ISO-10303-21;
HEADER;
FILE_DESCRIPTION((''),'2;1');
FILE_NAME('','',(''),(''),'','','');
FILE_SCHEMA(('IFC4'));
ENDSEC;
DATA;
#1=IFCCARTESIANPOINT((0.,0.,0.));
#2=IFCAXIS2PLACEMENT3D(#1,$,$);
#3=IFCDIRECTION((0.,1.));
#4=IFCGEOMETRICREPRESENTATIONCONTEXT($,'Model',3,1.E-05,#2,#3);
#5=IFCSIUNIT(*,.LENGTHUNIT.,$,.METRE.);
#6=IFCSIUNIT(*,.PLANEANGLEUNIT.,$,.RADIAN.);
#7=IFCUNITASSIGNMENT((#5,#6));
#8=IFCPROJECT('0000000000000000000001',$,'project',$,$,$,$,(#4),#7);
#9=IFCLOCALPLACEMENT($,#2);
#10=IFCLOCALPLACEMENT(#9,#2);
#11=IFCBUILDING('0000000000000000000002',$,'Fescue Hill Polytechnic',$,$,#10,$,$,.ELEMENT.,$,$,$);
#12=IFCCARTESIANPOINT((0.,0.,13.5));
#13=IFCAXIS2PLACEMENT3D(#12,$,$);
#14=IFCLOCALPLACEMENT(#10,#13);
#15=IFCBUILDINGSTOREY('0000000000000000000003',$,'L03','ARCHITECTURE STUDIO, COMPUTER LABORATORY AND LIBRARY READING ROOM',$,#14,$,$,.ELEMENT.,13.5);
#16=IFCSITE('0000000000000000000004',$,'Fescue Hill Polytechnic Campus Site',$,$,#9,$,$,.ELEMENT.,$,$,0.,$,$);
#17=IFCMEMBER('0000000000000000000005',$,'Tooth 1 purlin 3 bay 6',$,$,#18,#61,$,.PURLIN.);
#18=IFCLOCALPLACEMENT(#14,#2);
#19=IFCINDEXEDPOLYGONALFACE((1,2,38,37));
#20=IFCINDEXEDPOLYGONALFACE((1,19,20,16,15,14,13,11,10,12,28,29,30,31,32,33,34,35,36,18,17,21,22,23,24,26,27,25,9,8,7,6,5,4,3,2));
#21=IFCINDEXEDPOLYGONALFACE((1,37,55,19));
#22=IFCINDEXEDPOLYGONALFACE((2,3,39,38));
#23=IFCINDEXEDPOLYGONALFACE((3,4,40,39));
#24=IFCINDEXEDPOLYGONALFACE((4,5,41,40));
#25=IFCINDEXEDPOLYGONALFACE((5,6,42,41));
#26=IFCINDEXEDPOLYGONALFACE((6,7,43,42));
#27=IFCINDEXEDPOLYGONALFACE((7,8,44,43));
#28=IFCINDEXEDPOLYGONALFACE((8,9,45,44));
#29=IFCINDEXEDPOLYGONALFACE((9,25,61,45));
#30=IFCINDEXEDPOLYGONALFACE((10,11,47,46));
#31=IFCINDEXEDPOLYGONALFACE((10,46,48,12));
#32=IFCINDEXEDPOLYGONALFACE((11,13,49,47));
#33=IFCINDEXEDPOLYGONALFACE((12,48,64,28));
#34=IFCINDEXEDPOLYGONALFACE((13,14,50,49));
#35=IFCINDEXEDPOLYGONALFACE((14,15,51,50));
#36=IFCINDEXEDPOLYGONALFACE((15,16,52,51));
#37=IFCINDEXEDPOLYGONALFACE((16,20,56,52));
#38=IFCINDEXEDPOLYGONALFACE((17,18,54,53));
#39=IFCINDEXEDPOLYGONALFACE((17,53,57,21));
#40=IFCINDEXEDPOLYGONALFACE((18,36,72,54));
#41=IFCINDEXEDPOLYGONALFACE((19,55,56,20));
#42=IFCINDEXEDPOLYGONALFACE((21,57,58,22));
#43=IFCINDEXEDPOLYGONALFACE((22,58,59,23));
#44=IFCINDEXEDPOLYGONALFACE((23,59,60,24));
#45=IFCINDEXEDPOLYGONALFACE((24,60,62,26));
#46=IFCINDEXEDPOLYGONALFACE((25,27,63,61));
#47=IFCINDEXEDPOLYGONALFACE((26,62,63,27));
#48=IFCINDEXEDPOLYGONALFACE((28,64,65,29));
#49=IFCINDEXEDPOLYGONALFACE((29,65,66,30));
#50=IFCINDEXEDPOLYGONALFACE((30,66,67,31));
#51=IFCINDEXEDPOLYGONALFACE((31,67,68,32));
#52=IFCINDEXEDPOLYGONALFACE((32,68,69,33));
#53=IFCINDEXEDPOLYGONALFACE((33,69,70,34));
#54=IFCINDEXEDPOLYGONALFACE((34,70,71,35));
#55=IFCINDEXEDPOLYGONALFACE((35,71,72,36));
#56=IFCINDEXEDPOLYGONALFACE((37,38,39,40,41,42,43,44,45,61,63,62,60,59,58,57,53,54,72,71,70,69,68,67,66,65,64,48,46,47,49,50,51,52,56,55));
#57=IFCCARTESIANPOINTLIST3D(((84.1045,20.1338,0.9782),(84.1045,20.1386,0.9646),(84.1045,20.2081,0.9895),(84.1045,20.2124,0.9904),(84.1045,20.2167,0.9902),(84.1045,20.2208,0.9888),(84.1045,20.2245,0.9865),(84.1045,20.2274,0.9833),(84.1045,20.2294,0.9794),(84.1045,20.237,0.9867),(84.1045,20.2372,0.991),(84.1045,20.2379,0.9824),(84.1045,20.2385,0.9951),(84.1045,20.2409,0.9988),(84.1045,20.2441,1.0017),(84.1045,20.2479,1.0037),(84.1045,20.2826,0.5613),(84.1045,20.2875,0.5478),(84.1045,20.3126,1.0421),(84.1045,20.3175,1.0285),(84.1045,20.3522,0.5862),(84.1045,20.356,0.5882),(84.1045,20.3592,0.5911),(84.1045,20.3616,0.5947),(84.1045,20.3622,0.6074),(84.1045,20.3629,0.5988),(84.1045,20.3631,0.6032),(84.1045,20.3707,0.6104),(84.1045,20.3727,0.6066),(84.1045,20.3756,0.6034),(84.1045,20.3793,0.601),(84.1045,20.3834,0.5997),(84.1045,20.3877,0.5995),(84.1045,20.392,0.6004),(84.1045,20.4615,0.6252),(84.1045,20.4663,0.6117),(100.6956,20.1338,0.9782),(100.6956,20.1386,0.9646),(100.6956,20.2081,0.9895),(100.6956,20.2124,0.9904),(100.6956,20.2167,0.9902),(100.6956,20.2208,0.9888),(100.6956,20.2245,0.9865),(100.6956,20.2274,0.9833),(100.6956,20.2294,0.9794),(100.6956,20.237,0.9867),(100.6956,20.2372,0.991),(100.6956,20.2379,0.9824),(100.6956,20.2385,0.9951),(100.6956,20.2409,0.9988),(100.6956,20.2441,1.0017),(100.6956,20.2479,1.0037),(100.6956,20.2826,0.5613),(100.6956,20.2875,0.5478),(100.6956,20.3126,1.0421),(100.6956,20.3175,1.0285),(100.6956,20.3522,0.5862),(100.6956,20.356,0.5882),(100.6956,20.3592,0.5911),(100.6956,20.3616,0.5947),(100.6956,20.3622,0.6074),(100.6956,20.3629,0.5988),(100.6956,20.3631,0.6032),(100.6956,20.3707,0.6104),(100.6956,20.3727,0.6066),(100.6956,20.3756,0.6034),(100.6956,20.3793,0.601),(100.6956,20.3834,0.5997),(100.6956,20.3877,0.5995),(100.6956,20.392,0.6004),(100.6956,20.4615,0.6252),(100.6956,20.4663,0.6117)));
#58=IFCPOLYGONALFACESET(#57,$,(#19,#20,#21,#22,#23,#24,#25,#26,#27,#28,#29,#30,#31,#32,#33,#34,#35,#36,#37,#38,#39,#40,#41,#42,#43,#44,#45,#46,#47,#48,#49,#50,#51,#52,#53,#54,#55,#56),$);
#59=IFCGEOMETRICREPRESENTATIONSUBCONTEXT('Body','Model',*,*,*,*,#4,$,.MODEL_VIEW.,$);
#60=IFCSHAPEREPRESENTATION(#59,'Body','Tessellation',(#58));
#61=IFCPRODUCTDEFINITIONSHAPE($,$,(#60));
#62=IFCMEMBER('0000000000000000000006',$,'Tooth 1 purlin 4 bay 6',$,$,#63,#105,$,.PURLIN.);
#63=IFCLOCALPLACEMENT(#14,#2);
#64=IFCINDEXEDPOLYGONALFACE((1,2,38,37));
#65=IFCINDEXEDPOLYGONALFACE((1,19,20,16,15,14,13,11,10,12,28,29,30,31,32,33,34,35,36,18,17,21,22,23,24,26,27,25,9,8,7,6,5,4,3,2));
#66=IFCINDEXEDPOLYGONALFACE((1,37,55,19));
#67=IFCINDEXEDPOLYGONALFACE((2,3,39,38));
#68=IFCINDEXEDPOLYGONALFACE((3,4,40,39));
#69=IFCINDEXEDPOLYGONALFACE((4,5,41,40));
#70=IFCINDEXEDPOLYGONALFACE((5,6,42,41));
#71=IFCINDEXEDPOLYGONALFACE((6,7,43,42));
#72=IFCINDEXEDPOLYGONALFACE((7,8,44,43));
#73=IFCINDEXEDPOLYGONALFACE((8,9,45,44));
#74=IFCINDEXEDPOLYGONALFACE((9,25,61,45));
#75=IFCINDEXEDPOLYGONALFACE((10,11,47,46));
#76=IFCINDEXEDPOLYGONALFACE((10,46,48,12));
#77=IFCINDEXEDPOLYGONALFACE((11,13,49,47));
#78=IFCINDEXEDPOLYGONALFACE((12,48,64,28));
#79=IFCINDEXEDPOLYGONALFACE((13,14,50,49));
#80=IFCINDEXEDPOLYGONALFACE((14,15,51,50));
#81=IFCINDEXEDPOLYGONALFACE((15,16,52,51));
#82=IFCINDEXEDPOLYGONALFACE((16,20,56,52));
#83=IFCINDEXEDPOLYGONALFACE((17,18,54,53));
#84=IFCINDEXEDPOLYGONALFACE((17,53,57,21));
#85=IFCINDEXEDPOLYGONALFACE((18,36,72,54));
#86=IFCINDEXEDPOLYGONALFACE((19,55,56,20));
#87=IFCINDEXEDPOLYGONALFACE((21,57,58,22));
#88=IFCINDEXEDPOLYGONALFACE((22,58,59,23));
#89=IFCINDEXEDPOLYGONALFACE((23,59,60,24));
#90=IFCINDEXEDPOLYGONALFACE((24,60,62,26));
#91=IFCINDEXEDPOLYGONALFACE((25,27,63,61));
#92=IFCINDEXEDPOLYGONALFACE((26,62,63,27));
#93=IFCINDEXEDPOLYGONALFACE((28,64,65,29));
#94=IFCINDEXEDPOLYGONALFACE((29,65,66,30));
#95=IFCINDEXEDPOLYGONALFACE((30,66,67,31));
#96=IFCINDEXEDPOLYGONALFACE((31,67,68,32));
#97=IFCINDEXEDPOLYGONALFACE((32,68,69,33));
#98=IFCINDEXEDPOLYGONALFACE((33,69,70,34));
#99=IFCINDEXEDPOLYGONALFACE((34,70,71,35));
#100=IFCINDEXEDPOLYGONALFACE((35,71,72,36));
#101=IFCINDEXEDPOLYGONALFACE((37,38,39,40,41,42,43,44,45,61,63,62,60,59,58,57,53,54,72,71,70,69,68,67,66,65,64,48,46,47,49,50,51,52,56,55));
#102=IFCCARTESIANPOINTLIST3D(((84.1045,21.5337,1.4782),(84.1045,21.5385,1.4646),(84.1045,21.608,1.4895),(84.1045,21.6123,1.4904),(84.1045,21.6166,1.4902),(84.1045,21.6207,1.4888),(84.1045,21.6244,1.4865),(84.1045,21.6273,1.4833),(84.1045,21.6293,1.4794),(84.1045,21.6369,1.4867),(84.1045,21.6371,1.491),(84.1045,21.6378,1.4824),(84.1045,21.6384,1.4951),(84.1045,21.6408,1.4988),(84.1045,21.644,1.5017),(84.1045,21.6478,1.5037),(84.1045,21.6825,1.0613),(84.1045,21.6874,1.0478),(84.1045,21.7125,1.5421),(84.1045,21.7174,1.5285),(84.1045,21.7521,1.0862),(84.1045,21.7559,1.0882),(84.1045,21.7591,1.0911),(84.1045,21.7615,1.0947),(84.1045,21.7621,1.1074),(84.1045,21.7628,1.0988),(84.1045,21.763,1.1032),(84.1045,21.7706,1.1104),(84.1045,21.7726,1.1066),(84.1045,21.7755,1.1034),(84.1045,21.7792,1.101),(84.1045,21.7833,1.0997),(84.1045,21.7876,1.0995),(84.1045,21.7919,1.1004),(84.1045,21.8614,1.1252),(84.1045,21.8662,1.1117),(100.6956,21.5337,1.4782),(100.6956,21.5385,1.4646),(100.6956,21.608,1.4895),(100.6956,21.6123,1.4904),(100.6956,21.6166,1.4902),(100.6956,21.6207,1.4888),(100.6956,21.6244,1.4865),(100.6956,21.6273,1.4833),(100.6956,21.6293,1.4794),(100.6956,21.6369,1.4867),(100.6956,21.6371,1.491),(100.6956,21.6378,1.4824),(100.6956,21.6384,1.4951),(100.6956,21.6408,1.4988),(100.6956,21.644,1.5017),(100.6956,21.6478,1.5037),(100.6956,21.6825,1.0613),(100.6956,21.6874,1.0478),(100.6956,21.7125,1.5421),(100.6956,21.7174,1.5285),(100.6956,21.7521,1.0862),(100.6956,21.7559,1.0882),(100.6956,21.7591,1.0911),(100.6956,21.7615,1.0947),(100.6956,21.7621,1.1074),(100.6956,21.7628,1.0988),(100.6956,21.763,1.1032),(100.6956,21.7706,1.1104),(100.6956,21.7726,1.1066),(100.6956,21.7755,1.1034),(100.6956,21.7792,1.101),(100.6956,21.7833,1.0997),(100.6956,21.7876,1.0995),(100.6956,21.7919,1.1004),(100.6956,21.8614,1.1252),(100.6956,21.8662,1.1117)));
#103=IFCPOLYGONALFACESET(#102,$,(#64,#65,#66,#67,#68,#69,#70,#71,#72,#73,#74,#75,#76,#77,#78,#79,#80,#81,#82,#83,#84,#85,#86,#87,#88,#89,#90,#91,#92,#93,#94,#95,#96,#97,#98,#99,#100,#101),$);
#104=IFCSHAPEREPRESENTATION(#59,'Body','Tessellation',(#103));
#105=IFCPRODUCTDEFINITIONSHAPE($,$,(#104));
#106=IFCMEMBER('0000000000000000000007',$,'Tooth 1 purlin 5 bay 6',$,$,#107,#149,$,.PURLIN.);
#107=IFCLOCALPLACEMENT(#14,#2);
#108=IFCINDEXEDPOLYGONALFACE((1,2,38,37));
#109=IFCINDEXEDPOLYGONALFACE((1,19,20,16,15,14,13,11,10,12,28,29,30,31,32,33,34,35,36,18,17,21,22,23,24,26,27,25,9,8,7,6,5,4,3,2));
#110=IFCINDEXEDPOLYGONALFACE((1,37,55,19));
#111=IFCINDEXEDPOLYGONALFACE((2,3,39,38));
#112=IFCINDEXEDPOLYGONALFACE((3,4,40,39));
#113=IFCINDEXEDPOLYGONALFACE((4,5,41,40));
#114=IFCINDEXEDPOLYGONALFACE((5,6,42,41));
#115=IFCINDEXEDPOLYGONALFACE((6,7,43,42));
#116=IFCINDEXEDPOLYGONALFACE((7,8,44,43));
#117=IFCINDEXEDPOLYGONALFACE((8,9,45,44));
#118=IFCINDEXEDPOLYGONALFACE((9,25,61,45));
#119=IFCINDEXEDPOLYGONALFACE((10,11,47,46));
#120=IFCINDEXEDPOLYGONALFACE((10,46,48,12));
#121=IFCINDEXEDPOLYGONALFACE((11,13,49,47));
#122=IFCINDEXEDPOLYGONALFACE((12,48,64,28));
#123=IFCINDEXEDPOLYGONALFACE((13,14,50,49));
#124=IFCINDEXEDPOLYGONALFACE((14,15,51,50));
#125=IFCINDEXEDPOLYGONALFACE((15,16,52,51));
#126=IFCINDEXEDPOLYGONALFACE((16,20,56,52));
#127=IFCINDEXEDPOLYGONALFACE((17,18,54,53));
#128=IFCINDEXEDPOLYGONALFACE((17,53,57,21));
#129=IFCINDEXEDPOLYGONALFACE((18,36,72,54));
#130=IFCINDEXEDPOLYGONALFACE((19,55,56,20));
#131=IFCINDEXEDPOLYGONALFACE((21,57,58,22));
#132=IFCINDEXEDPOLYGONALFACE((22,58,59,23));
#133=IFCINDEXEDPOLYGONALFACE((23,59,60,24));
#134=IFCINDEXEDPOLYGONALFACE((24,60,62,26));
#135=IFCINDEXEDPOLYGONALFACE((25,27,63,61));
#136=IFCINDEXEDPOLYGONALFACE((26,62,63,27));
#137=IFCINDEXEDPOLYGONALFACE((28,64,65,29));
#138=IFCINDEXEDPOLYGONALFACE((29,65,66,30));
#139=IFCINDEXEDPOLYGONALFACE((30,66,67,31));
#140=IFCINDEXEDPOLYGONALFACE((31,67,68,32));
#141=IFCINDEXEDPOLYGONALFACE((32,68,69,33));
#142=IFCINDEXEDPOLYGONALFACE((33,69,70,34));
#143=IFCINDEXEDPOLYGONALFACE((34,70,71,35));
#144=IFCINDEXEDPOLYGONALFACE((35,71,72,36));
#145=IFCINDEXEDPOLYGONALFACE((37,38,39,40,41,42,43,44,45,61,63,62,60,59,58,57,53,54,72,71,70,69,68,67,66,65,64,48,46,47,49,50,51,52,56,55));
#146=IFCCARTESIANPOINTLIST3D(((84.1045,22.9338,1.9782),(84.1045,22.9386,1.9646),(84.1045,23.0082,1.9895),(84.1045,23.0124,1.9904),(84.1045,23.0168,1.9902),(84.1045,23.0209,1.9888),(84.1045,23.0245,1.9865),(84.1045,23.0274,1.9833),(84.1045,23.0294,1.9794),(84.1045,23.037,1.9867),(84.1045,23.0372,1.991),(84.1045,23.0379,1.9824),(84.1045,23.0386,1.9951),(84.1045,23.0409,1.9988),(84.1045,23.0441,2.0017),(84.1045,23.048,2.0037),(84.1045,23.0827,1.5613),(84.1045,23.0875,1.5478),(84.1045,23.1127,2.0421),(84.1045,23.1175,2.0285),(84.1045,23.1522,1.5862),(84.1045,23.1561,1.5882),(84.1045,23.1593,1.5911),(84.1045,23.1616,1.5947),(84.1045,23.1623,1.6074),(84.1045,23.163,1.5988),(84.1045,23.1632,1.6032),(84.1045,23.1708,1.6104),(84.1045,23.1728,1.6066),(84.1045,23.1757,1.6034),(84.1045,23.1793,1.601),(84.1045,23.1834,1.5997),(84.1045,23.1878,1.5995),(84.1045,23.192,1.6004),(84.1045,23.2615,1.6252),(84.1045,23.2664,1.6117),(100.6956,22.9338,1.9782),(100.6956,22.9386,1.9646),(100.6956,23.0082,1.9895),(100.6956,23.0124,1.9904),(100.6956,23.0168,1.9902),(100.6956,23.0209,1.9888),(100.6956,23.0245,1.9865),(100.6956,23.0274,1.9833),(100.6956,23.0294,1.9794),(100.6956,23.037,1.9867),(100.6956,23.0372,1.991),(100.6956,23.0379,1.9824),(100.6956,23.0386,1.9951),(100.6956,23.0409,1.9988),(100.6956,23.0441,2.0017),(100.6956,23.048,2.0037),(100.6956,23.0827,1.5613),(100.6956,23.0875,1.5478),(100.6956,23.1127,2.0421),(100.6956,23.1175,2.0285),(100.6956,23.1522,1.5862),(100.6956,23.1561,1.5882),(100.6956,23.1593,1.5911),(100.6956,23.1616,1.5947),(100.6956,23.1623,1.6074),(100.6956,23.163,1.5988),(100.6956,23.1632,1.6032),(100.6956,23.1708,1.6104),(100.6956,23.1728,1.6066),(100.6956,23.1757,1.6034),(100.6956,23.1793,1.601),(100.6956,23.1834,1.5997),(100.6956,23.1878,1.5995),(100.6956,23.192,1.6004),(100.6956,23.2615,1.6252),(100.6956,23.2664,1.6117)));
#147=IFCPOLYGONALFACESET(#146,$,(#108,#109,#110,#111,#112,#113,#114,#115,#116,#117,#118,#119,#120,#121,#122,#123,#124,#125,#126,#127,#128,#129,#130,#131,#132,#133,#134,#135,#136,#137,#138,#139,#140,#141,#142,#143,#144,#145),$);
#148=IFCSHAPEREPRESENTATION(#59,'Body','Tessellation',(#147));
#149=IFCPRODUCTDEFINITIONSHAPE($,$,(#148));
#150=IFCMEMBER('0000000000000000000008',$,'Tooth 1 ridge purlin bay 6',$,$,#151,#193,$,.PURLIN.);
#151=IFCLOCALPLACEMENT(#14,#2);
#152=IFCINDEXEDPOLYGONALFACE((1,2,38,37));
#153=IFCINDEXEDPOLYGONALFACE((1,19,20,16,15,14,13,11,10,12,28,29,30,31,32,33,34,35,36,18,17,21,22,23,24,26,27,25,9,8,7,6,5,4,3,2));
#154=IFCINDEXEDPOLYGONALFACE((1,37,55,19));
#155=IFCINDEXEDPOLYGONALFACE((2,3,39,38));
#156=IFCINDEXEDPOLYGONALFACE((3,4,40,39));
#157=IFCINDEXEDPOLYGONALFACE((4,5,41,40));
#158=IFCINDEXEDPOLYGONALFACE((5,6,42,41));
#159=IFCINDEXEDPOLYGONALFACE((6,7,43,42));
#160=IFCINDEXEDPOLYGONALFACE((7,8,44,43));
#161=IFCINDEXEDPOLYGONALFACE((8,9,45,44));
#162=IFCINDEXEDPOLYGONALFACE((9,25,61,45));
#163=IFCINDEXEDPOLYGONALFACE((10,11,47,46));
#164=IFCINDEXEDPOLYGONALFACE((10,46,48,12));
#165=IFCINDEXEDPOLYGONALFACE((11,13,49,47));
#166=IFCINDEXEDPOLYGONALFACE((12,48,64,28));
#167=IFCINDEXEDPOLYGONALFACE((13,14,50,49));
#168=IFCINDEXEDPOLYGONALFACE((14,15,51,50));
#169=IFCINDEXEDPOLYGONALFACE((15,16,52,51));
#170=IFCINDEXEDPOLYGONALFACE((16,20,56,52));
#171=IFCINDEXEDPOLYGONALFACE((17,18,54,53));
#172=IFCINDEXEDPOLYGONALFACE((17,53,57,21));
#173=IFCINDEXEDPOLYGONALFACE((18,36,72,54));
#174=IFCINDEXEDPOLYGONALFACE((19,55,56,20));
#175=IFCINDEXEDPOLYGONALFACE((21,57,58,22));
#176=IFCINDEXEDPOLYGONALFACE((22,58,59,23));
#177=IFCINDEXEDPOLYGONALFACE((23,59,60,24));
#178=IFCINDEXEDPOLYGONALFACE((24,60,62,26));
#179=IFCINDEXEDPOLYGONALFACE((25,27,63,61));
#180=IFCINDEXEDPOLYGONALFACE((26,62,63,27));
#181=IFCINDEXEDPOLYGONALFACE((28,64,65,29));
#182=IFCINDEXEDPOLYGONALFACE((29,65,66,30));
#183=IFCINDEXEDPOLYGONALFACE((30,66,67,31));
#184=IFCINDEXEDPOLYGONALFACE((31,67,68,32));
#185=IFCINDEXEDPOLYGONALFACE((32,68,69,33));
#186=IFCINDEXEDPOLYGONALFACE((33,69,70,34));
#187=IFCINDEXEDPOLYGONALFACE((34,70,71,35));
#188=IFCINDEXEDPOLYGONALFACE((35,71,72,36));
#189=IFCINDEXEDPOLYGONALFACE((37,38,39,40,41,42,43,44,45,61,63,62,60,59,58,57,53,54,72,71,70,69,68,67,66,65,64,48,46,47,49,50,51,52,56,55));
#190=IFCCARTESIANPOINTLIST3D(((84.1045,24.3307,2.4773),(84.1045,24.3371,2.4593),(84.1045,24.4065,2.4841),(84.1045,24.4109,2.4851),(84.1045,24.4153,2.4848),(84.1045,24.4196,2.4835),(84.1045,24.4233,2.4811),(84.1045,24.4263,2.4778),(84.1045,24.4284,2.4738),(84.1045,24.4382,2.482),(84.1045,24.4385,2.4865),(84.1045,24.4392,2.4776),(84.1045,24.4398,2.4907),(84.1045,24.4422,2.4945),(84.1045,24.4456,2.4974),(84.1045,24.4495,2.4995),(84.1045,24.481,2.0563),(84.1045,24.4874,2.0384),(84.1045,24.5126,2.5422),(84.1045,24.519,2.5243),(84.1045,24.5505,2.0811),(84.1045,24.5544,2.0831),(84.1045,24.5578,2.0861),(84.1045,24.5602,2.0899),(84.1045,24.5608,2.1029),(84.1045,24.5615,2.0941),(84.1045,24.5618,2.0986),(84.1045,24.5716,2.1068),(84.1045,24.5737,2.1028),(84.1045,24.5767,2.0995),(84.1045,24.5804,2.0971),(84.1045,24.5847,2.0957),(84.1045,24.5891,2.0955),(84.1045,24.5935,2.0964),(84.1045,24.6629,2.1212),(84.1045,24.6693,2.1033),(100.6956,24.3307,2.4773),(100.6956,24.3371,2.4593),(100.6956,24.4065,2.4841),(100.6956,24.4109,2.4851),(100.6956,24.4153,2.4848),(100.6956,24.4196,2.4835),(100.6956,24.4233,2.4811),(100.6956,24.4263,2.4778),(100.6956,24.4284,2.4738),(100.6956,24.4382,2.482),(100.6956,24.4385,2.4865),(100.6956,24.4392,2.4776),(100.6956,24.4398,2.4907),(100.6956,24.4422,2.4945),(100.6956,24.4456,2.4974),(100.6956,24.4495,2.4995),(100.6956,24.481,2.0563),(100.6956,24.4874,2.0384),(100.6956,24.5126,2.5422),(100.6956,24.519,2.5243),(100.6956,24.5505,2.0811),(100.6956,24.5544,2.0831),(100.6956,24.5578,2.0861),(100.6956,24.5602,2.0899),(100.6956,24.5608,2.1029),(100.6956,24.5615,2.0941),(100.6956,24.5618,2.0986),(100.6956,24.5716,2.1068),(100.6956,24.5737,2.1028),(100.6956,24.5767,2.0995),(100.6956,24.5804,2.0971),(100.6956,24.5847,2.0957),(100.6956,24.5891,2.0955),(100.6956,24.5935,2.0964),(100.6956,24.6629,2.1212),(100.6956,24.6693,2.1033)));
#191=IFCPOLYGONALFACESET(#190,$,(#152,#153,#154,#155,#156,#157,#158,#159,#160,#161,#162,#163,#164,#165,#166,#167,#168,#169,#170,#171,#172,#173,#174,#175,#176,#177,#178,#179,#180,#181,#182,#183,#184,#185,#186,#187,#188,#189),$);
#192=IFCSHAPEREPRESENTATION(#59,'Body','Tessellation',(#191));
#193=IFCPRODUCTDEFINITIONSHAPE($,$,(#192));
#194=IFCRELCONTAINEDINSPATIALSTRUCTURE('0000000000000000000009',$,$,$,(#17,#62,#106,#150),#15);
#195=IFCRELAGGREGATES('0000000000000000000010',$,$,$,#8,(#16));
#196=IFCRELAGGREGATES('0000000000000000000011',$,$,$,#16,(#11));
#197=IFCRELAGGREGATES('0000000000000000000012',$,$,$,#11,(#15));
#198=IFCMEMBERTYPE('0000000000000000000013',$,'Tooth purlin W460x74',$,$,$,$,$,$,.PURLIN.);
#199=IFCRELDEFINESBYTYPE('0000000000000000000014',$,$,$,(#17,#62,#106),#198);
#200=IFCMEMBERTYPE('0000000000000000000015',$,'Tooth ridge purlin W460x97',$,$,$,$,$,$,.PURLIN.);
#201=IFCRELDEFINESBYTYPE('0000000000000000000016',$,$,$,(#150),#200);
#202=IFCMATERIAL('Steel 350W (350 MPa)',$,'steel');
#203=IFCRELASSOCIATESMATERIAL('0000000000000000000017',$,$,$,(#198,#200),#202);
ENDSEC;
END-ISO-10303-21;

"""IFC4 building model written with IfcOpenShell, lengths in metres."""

from ifc_helpers import new_model, si_unit, direction, frame, origin, origin_2d, place, context, subcontext, project, spatial, i_section, extrude, material, material_profile, profile_set, type_object, element, save


model = new_model("IFC4")

# Units and contexts
model_context = context("Model", 3, precision=1e-05, world=origin(), true_north=direction((0.0, 1.0)))
body_context = subcontext(model_context, "Body", "Model", "MODEL_VIEW")
ifc_project = project(units=[si_unit("LENGTHUNIT", "METRE"), si_unit("PLANEANGLEUNIT", "RADIAN")], contexts=[model_context])

# Site, building, storey
site_placement = place(None, origin())
site = spatial("IfcSite", under=ifc_project, at=site_placement, Name="Fescue Hill Polytechnic Campus Site", CompositionType="ELEMENT", RefElevation=0.0)
building_placement = place(site_placement, origin())
building = spatial("IfcBuilding", under=site, at=building_placement, Name="Fescue Hill Polytechnic", CompositionType="ELEMENT")
storey_placement = place(building_placement, frame((0.0, 0.0, 13.5)))
storey = spatial("IfcBuildingStorey", under=building, at=storey_placement, Name="L03", Description="ARCHITECTURE STUDIO, COMPUTER LABORATORY AND LIBRARY READING ROOM", CompositionType="ELEMENT", Elevation=13.5)

# Members
ifc_material_1 = material(Name="Steel 350W (350 MPa)", Category="steel")
ifc_material_profile_1 = material_profile(ifc_material_1, i_section(OverallWidth=0.1899, OverallDepth=0.457, WebThickness=0.009, FlangeThickness=0.0144, FilletRadius=0.0166, at=origin_2d()), Name="W460x74")
ifc_profile_set_1 = profile_set([ifc_material_profile_1], Name="Steel 350W (350 MPa)")
member_type_1 = type_object("IfcMemberType", Name="Tooth purlin W460x74", PredefinedType="PURLIN", material=ifc_profile_set_1)
for number, where, z_axis, x_axis, name in (
    (1, (84.1045, 20.3, 0.7949), (1.0, 0.0, 0.0), (0.0, 0.941742, 0.336336), "Tooth 1 purlin 3 bay 6"),
    (2, (84.1045, 21.7, 1.2949), (1.0, 0.0, 0.0), (0.0, 0.941742, 0.336336), "Tooth 1 purlin 4 bay 6"),
    (3, (84.1045, 23.1001, 1.7949), (1.0, 0.0, 0.0), (0.0, 0.941742, 0.336336), "Tooth 1 purlin 5 bay 6"),
):
    element("IfcMember", number, at=place(storey_placement, frame(where, z_axis=z_axis, x_axis=x_axis)), inside=storey, type_object=member_type_1, Name=name, PredefinedType="PURLIN", context=body_context, shape_type="SweptSolid", body=[
        extrude(i_section(OverallWidth=0.1899, OverallDepth=0.457, WebThickness=0.009, FlangeThickness=0.0144, FilletRadius=0.0166, at=origin_2d()), origin(), (0.0, 0.0, 1.0), 16.5911),
    ])
ifc_material_profile_2 = material_profile(ifc_material_1, i_section(OverallWidth=0.1931, OverallDepth=0.4661, WebThickness=0.0115, FlangeThickness=0.019, FilletRadius=0.0171, at=origin_2d()), Name="W460x97")
ifc_profile_set_2 = profile_set([ifc_material_profile_2], Name="Steel 350W (350 MPa)")
member_type_2 = type_object("IfcMemberType", Name="Tooth ridge purlin W460x97", PredefinedType="PURLIN", material=ifc_profile_set_2)
member_1_placement = place(storey_placement, frame((84.1045, 24.5, 2.2903), z_axis=(1.0, 0.0, 0.0), x_axis=(0.0, 0.941742, 0.336336)))
element("IfcMember", 4, at=member_1_placement, inside=storey, type_object=member_type_2, Name="Tooth 1 ridge purlin bay 6", PredefinedType="PURLIN", context=body_context, shape_type="SweptSolid", body=[
    extrude(i_section(OverallWidth=0.1931, OverallDepth=0.4661, WebThickness=0.0115, FlangeThickness=0.019, FilletRadius=0.0171, at=origin_2d()), origin(), (0.0, 0.0, 1.0), 16.5911),
])

save(model, "model.ifc")
